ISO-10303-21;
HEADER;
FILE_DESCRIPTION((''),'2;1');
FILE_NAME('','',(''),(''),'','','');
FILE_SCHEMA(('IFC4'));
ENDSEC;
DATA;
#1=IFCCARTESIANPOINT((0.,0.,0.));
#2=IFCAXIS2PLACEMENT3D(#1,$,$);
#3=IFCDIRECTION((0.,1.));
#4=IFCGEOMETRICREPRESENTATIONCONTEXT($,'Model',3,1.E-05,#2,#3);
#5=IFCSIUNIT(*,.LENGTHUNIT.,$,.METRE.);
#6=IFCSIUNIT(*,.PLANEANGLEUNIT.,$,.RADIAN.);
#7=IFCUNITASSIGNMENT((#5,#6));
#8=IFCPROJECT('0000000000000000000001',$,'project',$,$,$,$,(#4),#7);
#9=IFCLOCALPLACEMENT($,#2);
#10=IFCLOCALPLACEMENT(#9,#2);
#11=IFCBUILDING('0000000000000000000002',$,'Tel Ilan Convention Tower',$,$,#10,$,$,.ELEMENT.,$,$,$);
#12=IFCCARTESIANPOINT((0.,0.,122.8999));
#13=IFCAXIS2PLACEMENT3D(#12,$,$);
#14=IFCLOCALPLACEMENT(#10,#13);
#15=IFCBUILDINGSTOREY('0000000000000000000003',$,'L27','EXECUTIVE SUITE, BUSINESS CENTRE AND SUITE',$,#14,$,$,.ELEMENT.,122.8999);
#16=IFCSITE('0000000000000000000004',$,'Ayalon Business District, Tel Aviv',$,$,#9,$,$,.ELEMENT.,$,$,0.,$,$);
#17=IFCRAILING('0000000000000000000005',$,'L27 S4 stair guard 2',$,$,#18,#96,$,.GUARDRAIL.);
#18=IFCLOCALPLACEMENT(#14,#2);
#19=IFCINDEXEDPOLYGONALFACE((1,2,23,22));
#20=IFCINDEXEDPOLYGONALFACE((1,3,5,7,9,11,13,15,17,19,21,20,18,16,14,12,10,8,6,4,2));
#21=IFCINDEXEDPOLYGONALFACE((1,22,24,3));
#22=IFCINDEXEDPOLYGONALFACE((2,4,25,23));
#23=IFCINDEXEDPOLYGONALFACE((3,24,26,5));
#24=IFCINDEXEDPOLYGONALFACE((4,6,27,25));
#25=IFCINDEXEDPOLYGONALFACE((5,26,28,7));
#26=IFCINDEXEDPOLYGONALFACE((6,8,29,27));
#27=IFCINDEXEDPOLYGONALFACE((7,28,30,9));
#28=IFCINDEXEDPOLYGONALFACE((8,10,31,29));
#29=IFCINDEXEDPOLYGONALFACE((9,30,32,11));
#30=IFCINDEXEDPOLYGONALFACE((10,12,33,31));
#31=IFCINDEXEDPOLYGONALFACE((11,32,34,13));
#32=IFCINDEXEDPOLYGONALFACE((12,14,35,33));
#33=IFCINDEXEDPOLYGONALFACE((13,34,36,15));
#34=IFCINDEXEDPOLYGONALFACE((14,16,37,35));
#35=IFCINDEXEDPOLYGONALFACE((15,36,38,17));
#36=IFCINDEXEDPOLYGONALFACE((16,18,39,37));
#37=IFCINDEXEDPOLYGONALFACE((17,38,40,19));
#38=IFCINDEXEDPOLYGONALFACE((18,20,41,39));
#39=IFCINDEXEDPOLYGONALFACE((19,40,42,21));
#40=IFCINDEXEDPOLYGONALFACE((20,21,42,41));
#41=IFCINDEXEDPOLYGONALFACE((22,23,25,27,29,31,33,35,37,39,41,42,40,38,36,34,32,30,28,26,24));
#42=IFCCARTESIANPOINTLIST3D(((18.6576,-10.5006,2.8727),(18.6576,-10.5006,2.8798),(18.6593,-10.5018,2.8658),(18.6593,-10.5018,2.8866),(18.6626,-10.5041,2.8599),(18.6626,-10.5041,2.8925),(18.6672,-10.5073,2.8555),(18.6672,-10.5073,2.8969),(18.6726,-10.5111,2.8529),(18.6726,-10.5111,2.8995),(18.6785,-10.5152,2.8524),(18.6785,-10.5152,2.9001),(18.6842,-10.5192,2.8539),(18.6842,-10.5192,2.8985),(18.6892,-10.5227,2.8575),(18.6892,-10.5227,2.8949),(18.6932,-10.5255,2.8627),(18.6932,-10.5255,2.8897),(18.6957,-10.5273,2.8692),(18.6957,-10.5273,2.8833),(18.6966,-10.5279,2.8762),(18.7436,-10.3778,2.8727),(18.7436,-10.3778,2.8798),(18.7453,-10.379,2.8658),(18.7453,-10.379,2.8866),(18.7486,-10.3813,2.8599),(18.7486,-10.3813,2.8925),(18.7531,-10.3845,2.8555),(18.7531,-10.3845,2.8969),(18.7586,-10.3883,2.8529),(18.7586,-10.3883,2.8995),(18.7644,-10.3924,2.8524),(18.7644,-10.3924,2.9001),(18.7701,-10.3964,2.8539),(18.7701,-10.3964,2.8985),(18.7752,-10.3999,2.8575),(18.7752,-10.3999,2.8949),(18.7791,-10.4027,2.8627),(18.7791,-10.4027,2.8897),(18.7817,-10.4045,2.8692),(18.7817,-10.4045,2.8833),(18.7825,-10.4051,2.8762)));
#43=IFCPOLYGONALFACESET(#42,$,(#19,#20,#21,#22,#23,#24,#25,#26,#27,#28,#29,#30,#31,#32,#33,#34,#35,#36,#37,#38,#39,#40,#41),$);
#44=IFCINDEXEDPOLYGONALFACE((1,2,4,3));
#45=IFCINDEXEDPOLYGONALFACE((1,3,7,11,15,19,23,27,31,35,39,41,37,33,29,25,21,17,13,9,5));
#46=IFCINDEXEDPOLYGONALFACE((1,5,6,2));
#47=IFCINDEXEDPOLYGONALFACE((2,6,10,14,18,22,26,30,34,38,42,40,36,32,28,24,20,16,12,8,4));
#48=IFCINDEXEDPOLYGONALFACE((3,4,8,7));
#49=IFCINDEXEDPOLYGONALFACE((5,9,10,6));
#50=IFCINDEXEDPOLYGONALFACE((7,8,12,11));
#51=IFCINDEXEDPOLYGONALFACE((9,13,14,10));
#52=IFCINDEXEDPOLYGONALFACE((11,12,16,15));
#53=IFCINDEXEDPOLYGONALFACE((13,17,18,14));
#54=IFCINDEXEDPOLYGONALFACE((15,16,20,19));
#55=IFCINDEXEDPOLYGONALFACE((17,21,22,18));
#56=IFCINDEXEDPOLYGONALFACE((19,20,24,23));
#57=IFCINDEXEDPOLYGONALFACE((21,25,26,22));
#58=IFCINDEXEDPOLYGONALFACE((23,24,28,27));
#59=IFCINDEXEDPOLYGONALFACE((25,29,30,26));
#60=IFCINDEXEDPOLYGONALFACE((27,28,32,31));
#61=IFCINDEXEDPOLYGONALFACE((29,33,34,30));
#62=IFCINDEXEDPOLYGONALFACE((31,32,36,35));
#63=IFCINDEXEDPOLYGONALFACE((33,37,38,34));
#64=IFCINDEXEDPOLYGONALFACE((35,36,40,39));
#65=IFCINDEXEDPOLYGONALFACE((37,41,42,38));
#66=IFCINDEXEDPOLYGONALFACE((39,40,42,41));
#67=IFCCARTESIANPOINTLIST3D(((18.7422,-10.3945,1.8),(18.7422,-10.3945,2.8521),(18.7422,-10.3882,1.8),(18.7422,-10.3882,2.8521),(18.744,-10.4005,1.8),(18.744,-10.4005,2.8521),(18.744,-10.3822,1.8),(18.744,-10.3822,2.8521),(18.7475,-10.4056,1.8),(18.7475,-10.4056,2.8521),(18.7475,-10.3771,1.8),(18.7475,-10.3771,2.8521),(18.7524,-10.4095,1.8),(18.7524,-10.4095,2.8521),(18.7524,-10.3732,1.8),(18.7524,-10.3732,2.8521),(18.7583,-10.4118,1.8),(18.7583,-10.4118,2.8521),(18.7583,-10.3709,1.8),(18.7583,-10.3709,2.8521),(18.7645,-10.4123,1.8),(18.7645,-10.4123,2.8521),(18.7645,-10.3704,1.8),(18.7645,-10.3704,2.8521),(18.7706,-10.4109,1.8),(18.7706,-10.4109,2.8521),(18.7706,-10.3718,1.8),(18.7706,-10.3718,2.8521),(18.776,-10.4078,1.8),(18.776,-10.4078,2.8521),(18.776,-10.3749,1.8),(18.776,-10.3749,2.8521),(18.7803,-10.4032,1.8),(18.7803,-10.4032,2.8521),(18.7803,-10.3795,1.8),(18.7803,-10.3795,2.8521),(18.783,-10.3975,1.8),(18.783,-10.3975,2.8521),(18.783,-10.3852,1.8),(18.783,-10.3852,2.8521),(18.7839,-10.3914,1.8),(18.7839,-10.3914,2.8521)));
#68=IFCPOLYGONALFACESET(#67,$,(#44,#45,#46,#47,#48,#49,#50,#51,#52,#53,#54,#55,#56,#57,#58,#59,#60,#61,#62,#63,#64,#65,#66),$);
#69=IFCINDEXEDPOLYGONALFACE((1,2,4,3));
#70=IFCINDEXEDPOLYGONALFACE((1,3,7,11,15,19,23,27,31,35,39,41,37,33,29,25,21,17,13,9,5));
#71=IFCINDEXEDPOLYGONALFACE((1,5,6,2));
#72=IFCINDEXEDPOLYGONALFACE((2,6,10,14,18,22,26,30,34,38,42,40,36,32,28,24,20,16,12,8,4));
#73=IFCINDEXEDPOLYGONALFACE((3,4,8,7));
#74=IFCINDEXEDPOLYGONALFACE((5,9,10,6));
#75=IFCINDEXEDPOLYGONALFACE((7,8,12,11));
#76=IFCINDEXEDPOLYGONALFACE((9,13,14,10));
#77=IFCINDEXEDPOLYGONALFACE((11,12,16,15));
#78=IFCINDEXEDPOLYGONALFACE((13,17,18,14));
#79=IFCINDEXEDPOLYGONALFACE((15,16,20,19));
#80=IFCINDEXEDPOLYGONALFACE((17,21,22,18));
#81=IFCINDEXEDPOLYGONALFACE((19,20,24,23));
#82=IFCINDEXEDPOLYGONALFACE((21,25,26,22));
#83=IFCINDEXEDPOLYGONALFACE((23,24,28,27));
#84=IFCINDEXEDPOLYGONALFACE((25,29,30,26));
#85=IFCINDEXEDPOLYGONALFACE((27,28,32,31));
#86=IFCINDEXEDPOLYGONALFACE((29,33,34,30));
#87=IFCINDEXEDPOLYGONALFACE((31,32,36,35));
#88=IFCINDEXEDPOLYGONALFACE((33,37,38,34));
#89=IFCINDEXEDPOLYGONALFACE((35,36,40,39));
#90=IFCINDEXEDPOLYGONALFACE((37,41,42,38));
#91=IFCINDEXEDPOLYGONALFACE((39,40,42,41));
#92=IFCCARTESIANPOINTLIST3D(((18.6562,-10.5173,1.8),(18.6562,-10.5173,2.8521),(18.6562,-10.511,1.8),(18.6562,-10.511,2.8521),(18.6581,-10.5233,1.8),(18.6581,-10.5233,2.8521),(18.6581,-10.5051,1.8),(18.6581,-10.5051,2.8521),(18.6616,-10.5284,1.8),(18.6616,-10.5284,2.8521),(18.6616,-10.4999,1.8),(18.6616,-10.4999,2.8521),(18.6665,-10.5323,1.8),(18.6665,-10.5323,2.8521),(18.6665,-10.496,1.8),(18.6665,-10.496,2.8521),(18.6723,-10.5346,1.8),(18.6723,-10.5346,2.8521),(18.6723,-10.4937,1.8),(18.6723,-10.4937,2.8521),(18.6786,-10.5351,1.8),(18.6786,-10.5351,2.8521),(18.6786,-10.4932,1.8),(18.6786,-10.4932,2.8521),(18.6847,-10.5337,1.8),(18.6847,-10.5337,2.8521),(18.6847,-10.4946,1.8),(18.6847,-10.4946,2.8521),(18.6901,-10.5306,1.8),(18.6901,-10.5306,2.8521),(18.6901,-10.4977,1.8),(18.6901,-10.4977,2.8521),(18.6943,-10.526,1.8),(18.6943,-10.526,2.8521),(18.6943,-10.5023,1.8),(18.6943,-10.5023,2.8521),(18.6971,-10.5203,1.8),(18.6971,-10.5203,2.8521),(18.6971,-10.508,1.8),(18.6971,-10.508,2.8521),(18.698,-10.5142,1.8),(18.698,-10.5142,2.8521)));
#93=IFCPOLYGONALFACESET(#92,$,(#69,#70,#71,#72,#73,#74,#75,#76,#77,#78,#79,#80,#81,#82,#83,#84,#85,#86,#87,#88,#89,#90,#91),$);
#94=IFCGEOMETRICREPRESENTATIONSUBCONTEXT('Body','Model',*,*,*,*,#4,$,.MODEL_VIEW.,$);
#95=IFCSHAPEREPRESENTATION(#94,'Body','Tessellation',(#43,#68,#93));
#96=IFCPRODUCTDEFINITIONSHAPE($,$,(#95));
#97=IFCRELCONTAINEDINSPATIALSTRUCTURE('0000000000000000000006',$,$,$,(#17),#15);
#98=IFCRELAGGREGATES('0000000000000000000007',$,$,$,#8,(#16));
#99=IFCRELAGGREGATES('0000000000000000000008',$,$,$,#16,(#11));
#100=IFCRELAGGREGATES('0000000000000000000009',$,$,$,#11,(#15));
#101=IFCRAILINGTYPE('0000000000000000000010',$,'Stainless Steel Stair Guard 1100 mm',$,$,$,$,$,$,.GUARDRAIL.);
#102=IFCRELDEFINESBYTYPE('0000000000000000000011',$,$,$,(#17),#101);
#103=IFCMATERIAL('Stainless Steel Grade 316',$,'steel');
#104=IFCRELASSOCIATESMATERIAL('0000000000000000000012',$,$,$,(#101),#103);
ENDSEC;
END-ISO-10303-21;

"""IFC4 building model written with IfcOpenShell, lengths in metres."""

from ifc_helpers import new_model, si_unit, direction, frame, origin, origin_2d, place, context, subcontext, project, spatial, circle, extrude, material, type_object, element, save


model = new_model("IFC4")

# Units and contexts
model_context = context("Model", 3, precision=1e-05, world=origin(), true_north=direction((0.0, 1.0)))
body_context = subcontext(model_context, "Body", "Model", "MODEL_VIEW")
ifc_project = project(units=[si_unit("LENGTHUNIT", "METRE"), si_unit("PLANEANGLEUNIT", "RADIAN")], contexts=[model_context])

# Site, building, storey
site_placement = place(None, origin())
site = spatial("IfcSite", under=ifc_project, at=site_placement, Name="Ayalon Business District, Tel Aviv", CompositionType="ELEMENT", RefElevation=0.0)
building_placement = place(site_placement, origin())
building = spatial("IfcBuilding", under=site, at=building_placement, Name="Tel Ilan Convention Tower", CompositionType="ELEMENT")
storey_placement = place(building_placement, frame((0.0, 0.0, 122.8999)))
storey = spatial("IfcBuildingStorey", under=building, at=storey_placement, Name="L27", Description="EXECUTIVE SUITE, BUSINESS CENTRE AND SUITE", CompositionType="ELEMENT", Elevation=122.8999)

# Railing
ifc_material_1 = material(Name="Stainless Steel Grade 316", Category="steel")
railing_type_1 = type_object("IfcRailingType", Name="Stainless Steel Stair Guard 1100 mm", PredefinedType="GUARDRAIL", material=ifc_material_1)
railing_1_placement = place(storey_placement, frame((18.7629, -10.3914, 1.8)))
element("IfcRailing", 1, at=railing_1_placement, inside=storey, type_object=railing_type_1, Name="L27 S4 stair guard 2", PredefinedType="GUARDRAIL", context=body_context, shape_type="SweptSolid", body=[
    extrude(circle(Radius=0.0239, at=origin_2d()), frame((0.0, 0.0, 1.0762), z_axis=(-0.573353, -0.819308, 0.0), x_axis=(0.819308, -0.573353, 0.0)), (0.0, 0.0, 1.0), 0.1499),
    extrude(circle(Radius=0.021, at=origin_2d()), origin(), (0.0, 0.0, 1.0), 1.052),
    extrude(circle(Radius=0.021, at=origin_2d()), frame((-0.0859, -0.1228, 0.0)), (0.0, 0.0, 1.0), 1.052),
])

save(model, "model.ifc")
